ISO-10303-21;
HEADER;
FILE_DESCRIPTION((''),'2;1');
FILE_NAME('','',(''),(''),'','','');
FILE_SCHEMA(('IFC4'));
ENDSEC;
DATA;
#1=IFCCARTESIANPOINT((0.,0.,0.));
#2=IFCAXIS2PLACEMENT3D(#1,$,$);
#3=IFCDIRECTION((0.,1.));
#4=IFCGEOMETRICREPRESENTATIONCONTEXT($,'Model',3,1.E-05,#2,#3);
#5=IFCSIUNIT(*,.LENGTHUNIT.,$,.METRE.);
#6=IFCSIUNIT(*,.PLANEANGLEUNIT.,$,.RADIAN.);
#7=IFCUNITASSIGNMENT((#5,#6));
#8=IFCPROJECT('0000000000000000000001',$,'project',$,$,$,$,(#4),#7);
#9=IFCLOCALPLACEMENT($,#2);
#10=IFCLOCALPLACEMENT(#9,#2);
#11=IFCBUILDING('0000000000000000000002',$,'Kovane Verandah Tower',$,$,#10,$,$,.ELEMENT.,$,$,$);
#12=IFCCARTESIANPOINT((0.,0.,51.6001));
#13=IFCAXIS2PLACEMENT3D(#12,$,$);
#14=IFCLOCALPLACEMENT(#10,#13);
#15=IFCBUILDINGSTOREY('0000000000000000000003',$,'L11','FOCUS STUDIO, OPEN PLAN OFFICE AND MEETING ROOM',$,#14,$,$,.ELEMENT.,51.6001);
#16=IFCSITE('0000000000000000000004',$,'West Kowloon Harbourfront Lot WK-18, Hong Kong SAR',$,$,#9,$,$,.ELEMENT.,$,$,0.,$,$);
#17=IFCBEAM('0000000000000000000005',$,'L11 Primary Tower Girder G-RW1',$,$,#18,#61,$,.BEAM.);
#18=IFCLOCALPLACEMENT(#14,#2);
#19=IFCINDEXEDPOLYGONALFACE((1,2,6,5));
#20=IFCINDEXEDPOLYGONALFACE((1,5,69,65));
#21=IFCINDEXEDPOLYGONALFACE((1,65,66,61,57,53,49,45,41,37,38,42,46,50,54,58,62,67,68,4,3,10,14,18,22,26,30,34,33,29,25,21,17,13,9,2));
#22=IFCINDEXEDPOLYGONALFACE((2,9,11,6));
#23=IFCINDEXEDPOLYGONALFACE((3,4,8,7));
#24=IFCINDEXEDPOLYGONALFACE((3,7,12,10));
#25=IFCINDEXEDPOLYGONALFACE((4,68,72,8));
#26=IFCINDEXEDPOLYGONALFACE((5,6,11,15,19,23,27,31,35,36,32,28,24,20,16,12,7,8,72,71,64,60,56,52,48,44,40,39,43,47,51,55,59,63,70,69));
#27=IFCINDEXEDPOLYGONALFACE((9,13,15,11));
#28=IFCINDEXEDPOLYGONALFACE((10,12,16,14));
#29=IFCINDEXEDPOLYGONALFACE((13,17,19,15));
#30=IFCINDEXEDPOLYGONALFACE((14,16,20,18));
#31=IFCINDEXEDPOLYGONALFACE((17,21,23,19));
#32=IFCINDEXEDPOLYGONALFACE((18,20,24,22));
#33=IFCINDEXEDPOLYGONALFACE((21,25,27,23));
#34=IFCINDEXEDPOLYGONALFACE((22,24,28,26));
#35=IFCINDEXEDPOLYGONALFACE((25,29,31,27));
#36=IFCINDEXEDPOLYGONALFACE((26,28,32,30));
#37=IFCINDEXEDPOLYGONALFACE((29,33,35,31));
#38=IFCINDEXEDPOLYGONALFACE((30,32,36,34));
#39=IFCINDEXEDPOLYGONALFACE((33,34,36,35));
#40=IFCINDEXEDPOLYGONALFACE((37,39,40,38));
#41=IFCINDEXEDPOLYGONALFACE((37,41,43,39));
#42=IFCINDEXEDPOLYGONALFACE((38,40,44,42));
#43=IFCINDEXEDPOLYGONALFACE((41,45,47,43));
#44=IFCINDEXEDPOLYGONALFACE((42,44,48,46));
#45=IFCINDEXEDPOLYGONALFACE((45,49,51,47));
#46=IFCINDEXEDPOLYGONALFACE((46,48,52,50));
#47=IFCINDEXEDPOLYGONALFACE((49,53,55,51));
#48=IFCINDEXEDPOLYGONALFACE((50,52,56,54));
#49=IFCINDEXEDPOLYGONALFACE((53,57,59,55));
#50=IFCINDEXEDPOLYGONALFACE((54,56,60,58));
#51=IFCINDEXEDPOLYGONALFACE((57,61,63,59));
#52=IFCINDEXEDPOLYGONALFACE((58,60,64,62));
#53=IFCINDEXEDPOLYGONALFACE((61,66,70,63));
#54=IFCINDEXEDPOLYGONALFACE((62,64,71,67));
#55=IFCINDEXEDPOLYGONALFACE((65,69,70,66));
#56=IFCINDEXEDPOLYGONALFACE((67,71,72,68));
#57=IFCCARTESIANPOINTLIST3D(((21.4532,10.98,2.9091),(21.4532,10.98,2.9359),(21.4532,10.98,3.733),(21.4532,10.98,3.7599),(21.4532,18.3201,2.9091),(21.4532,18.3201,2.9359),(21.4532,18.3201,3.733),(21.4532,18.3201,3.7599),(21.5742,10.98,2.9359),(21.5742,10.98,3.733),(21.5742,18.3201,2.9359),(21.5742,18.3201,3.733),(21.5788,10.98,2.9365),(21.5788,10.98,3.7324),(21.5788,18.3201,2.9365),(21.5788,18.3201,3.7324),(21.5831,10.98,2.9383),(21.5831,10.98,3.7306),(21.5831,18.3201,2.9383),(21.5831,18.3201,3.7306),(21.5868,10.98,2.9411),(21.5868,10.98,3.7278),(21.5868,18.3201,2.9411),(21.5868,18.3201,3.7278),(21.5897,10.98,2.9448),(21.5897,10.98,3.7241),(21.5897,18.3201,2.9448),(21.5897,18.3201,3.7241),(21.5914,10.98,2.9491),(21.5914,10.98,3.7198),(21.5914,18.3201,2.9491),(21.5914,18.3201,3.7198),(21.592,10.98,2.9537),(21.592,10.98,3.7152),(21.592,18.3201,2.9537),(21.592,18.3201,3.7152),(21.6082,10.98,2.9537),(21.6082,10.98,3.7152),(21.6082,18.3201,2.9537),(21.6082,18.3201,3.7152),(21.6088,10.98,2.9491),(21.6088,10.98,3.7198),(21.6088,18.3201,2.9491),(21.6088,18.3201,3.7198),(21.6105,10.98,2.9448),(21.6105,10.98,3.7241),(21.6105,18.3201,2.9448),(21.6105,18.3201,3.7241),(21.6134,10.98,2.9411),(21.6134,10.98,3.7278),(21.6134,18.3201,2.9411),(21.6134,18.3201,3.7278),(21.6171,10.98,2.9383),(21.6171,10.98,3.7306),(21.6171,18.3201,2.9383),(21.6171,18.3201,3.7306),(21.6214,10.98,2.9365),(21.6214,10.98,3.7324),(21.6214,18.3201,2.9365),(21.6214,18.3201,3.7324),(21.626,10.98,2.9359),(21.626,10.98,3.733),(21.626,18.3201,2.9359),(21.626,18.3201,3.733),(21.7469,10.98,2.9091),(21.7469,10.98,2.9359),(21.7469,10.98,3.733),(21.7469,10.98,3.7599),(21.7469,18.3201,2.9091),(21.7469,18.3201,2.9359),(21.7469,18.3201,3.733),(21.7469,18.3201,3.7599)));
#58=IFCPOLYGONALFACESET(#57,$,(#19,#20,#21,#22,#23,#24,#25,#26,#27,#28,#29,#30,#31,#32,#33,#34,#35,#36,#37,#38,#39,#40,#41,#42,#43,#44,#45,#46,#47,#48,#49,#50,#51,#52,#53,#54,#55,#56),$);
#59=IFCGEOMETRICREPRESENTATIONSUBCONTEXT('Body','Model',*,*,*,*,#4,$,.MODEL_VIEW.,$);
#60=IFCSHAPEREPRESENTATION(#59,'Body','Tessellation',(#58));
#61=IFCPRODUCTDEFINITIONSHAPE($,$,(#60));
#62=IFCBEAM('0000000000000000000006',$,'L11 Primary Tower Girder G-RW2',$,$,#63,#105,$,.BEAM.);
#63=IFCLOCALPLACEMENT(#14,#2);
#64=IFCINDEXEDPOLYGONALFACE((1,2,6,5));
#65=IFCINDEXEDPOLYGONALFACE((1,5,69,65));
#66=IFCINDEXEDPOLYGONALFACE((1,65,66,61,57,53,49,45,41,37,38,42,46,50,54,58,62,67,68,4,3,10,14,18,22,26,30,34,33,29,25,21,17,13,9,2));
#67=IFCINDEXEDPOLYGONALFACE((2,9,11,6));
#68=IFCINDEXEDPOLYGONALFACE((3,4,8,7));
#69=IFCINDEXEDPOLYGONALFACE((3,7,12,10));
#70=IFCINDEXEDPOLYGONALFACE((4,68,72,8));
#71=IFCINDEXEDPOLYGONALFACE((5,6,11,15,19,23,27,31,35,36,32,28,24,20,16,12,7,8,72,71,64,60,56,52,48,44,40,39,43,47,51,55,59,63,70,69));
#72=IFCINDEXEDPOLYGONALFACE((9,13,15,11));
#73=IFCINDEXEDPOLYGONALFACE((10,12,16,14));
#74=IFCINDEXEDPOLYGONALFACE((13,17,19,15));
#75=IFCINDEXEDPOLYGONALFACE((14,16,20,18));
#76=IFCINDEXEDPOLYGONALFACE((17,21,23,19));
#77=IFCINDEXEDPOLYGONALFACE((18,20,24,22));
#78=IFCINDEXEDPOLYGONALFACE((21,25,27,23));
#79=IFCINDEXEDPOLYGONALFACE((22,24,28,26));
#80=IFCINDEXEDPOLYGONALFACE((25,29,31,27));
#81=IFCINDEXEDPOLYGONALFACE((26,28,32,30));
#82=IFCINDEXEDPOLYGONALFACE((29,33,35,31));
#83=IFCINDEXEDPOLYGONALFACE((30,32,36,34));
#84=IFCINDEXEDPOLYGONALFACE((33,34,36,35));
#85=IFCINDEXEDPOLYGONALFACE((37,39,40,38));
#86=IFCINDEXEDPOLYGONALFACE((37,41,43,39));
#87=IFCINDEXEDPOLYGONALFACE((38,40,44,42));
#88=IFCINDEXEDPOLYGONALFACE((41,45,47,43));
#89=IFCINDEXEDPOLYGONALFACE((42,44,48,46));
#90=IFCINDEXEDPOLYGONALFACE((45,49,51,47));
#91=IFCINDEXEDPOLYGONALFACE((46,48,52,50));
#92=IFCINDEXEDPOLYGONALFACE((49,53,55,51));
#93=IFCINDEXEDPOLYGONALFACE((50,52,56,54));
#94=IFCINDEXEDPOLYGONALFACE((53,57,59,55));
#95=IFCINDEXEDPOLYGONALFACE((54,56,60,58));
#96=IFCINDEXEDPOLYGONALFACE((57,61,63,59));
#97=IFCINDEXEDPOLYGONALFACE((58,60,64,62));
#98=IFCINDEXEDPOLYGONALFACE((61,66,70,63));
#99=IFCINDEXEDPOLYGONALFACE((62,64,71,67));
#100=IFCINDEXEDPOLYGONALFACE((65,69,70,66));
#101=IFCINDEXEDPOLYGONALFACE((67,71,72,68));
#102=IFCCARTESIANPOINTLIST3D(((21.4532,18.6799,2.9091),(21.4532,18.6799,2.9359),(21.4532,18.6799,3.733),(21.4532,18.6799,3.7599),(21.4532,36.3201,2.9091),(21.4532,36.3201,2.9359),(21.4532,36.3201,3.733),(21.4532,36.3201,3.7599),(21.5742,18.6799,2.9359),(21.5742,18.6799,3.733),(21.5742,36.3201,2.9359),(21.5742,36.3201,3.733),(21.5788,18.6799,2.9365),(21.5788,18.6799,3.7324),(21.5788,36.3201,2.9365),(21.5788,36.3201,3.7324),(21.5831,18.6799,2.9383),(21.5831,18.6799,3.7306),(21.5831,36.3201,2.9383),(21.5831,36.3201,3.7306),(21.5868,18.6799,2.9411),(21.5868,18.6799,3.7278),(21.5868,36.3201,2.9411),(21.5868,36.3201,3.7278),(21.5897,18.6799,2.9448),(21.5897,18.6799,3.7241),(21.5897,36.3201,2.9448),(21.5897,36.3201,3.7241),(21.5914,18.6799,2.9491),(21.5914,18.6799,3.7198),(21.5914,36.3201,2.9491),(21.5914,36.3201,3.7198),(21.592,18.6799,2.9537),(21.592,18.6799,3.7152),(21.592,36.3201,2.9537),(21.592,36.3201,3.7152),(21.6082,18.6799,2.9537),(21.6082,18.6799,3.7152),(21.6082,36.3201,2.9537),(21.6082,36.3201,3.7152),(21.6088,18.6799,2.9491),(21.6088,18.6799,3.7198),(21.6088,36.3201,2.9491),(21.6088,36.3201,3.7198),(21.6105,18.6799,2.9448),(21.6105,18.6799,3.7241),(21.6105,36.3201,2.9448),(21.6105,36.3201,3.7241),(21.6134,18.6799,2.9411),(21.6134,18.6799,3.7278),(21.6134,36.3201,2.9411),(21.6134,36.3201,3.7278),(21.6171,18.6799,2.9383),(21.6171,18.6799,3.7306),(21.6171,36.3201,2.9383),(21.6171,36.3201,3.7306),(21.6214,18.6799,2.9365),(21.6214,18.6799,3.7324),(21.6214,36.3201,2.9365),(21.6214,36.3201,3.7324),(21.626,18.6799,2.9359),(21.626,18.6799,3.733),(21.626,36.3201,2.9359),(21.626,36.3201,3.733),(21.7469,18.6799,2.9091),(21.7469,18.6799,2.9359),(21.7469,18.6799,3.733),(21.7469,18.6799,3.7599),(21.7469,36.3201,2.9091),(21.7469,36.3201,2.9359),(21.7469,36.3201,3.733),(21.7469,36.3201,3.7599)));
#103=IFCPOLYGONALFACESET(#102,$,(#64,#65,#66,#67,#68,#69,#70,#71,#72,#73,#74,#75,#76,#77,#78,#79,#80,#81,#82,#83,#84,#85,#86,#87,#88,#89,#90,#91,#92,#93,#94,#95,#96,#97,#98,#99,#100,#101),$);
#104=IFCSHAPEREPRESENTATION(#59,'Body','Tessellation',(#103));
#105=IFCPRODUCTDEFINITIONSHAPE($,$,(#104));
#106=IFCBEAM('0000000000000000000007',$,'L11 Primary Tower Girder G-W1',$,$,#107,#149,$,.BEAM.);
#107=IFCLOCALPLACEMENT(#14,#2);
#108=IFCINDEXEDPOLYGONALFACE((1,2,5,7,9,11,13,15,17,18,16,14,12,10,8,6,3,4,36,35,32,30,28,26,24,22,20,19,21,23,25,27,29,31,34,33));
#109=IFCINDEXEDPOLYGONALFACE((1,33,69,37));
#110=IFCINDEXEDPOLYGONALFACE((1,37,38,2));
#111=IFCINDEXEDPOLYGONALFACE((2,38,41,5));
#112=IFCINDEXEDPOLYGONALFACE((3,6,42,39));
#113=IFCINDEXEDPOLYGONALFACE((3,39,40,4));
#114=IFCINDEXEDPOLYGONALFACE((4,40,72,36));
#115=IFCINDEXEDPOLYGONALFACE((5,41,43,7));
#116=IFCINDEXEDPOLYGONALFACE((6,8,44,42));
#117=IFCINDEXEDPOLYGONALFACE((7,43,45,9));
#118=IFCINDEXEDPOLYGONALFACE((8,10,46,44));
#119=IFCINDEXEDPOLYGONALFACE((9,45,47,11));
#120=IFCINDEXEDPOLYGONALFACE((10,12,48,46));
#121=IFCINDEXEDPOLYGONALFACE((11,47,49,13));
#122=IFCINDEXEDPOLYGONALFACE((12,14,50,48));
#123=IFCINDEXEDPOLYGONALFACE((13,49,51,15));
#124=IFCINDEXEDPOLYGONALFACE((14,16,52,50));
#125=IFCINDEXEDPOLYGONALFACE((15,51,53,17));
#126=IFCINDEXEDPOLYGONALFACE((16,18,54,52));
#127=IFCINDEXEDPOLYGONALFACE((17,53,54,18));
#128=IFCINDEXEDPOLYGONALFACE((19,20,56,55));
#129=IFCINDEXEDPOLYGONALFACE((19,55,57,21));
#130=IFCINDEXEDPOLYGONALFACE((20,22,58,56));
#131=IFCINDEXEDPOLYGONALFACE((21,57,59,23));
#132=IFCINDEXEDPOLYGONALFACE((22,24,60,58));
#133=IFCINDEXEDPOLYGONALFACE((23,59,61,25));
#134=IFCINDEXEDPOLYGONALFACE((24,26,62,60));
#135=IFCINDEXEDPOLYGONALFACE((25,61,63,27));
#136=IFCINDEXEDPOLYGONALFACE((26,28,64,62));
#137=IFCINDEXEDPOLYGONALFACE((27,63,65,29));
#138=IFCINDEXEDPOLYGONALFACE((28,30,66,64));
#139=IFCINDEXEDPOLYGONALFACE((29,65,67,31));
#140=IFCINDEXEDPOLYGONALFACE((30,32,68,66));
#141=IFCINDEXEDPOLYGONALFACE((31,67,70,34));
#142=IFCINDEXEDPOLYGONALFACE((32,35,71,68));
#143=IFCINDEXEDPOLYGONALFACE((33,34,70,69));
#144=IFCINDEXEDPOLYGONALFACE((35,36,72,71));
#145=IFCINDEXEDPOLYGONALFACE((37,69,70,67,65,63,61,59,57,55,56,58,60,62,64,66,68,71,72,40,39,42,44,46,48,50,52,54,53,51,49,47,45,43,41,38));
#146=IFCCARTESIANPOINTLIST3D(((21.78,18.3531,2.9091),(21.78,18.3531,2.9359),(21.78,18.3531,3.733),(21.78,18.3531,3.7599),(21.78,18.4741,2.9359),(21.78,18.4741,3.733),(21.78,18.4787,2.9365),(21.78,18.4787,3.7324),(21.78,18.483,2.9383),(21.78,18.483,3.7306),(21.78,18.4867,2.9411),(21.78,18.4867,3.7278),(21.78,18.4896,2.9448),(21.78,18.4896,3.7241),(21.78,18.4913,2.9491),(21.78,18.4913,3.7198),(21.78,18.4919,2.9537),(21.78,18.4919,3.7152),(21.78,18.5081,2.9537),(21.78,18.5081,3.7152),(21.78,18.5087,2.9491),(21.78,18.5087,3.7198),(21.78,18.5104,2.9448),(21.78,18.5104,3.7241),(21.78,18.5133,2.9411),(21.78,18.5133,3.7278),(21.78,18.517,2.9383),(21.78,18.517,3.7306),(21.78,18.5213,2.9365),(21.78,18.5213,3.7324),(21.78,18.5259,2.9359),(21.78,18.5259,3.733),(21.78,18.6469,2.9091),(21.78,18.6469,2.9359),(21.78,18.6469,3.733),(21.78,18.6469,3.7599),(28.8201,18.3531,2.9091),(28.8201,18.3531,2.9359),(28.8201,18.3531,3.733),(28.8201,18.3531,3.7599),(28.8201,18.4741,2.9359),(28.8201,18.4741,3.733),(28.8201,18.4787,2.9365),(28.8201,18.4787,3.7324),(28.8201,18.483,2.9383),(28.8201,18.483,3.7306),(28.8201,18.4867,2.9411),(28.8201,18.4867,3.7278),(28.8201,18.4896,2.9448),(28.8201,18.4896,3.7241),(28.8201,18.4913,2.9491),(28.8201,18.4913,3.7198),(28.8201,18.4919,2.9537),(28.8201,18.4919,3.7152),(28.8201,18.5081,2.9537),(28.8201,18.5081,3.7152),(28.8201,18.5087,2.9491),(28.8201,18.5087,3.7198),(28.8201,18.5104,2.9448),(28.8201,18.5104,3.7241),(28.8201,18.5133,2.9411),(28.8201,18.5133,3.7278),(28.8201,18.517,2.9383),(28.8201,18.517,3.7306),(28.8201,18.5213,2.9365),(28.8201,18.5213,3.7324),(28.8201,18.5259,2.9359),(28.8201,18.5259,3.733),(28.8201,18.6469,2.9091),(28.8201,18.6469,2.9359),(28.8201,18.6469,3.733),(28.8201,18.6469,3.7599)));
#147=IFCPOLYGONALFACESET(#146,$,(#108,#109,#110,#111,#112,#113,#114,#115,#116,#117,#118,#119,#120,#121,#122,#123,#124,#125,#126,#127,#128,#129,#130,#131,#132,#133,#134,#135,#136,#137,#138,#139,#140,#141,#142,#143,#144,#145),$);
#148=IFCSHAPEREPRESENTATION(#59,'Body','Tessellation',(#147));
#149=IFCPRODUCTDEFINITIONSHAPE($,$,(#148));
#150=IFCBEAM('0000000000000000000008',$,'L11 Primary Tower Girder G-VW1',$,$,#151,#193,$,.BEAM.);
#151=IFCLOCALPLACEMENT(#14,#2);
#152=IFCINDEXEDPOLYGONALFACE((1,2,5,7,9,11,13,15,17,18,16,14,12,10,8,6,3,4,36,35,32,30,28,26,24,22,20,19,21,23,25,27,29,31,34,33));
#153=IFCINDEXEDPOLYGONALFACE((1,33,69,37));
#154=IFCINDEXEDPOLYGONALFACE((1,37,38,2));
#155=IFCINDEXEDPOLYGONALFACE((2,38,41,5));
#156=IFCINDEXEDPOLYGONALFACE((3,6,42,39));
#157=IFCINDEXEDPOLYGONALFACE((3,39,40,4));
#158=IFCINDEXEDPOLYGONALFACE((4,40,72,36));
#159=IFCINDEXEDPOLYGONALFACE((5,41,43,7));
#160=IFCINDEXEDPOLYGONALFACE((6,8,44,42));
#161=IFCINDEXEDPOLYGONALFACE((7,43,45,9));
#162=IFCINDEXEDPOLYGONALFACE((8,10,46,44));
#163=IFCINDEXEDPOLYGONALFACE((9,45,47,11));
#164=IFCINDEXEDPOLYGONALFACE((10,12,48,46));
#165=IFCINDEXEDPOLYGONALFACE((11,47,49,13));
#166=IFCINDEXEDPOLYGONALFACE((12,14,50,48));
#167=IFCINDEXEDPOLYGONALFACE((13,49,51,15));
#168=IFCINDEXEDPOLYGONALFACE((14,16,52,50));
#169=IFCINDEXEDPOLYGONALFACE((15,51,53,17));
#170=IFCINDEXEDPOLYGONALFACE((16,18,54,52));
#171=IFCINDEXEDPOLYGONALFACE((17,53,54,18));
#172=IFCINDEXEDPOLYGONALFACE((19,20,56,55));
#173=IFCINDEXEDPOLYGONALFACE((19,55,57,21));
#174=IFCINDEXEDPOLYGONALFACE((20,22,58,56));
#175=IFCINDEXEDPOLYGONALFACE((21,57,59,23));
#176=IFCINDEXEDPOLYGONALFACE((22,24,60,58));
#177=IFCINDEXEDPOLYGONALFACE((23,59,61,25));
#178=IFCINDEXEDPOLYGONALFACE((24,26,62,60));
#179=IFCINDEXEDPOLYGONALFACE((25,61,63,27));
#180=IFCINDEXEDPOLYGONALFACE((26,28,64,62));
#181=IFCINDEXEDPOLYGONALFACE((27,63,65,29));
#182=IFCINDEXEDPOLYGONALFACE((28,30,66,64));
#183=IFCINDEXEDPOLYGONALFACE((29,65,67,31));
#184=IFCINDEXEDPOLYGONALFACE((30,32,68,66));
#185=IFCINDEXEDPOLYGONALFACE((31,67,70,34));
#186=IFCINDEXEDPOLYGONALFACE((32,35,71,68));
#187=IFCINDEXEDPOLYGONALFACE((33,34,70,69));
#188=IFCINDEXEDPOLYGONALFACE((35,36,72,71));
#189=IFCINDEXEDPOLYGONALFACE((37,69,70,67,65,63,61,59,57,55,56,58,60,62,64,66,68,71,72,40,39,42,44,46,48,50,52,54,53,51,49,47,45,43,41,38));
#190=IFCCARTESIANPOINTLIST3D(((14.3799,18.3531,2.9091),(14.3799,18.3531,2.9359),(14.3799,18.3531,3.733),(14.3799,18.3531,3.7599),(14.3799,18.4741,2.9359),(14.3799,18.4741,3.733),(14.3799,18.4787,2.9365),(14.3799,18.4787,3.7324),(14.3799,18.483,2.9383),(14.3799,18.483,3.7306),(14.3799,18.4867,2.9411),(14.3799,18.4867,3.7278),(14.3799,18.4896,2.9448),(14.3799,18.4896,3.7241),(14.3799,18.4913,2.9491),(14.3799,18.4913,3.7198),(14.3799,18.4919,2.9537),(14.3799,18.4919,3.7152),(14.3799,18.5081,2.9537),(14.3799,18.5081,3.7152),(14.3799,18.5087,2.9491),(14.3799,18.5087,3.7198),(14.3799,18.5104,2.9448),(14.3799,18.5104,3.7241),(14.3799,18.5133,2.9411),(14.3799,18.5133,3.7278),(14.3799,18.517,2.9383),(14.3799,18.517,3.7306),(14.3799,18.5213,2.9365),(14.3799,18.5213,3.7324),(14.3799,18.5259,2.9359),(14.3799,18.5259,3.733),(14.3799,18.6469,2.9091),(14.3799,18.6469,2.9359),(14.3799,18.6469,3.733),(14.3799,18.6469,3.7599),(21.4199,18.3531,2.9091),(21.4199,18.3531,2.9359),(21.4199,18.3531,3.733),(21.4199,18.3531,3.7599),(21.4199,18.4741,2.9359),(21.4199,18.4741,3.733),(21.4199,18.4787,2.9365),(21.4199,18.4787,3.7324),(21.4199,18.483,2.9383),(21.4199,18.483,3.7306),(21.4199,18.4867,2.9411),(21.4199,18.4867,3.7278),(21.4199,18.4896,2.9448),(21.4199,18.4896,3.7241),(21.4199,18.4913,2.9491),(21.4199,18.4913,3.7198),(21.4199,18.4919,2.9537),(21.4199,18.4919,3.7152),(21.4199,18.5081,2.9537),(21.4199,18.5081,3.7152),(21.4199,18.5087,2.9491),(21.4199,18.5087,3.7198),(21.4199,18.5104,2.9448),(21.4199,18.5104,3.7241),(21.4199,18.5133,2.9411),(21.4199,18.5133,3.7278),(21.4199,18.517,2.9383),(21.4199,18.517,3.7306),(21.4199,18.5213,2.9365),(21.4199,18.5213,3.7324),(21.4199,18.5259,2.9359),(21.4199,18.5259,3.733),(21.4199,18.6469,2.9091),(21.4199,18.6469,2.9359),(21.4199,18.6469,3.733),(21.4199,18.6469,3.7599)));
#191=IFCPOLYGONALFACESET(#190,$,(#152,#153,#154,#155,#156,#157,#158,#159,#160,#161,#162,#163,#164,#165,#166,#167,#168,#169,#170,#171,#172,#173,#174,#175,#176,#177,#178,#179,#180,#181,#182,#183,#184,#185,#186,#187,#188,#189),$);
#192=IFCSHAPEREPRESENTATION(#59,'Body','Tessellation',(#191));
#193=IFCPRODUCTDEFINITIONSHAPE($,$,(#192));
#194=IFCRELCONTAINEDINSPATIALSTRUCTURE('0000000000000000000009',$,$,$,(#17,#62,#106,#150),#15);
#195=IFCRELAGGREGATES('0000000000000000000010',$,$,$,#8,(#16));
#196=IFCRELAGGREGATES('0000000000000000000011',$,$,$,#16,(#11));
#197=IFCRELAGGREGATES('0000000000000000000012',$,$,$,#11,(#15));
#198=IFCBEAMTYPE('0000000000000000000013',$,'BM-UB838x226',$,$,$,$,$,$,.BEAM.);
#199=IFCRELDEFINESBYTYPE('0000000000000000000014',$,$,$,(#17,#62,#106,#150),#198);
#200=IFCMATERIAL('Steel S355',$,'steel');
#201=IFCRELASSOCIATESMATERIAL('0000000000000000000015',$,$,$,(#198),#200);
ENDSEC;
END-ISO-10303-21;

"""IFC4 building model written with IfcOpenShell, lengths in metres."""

from ifc_helpers import new_model, si_unit, direction, frame, origin, origin_2d, place, context, subcontext, project, spatial, i_section, extrude, material, material_profile, profile_set, type_object, element, save


model = new_model("IFC4")

# Units and contexts
model_context = context("Model", 3, precision=1e-05, world=origin(), true_north=direction((0.0, 1.0)))
body_context = subcontext(model_context, "Body", "Model", "MODEL_VIEW")
ifc_project = project(units=[si_unit("LENGTHUNIT", "METRE"), si_unit("PLANEANGLEUNIT", "RADIAN")], contexts=[model_context])

# Site, building, storey
site_placement = place(None, origin())
site = spatial("IfcSite", under=ifc_project, at=site_placement, Name="West Kowloon Harbourfront Lot WK-18, Hong Kong SAR", CompositionType="ELEMENT", RefElevation=0.0)
building_placement = place(site_placement, origin())
building = spatial("IfcBuilding", under=site, at=building_placement, Name="Kovane Verandah Tower", CompositionType="ELEMENT")
storey_placement = place(building_placement, frame((0.0, 0.0, 51.6001)))
storey = spatial("IfcBuildingStorey", under=building, at=storey_placement, Name="L11", Description="FOCUS STUDIO, OPEN PLAN OFFICE AND MEETING ROOM", CompositionType="ELEMENT", Elevation=51.6001)

# Beams
ifc_material_1 = material(Name="Steel S355", Category="steel")
ifc_material_profile_1 = material_profile(ifc_material_1, i_section(OverallWidth=0.2937, OverallDepth=0.8508, WebThickness=0.0161, FlangeThickness=0.0269, FilletRadius=0.0178, at=origin_2d()), Name="UB838x292x226")
ifc_profile_set_1 = profile_set([ifc_material_profile_1], Name="Steel S355")
beam_type_1 = type_object("IfcBeamType", Name="BM-UB838x226", PredefinedType="BEAM", material=ifc_profile_set_1)
beam_1_placement = place(storey_placement, frame((21.6001, 10.98, 3.3345), z_axis=(0.0, 1.0, 0.0), x_axis=(-1.0, 0.0, 0.0)))
element("IfcBeam", 1, at=beam_1_placement, inside=storey, type_object=beam_type_1, Name="L11 Primary Tower Girder G-RW1", PredefinedType="BEAM", context=body_context, shape_type="SweptSolid", body=[
    extrude(i_section(OverallWidth=0.2937, OverallDepth=0.8508, WebThickness=0.0161, FlangeThickness=0.0269, FilletRadius=0.0178, at=origin_2d()), origin(), (0.0, 0.0, 1.0), 7.3401),
])
beam_2_placement = place(storey_placement, frame((21.6001, 18.6799, 3.3345), z_axis=(0.0, 1.0, 0.0), x_axis=(-1.0, 0.0, 0.0)))
element("IfcBeam", 2, at=beam_2_placement, inside=storey, type_object=beam_type_1, Name="L11 Primary Tower Girder G-RW2", PredefinedType="BEAM", context=body_context, shape_type="SweptSolid", body=[
    extrude(i_section(OverallWidth=0.2937, OverallDepth=0.8508, WebThickness=0.0161, FlangeThickness=0.0269, FilletRadius=0.0178, at=origin_2d()), origin(), (0.0, 0.0, 1.0), 17.6401),
])
for number, where, z_axis, x_axis, name in (
    (3, (28.8201, 18.5, 3.3345), (-1.0, 0.0, 0.0), (0.0, -1.0, 0.0), "L11 Primary Tower Girder G-W1"),
    (4, (21.4199, 18.5, 3.3345), (-1.0, 0.0, 0.0), (0.0, -1.0, 0.0), "L11 Primary Tower Girder G-VW1"),
):
    element("IfcBeam", number, at=place(storey_placement, frame(where, z_axis=z_axis, x_axis=x_axis)), inside=storey, type_object=beam_type_1, Name=name, PredefinedType="BEAM", context=body_context, shape_type="SweptSolid", body=[
        extrude(i_section(OverallWidth=0.2937, OverallDepth=0.8508, WebThickness=0.0161, FlangeThickness=0.0269, FilletRadius=0.0178, at=origin_2d()), origin(), (0.0, 0.0, 1.0), 7.04),
    ])

save(model, "model.ifc")
